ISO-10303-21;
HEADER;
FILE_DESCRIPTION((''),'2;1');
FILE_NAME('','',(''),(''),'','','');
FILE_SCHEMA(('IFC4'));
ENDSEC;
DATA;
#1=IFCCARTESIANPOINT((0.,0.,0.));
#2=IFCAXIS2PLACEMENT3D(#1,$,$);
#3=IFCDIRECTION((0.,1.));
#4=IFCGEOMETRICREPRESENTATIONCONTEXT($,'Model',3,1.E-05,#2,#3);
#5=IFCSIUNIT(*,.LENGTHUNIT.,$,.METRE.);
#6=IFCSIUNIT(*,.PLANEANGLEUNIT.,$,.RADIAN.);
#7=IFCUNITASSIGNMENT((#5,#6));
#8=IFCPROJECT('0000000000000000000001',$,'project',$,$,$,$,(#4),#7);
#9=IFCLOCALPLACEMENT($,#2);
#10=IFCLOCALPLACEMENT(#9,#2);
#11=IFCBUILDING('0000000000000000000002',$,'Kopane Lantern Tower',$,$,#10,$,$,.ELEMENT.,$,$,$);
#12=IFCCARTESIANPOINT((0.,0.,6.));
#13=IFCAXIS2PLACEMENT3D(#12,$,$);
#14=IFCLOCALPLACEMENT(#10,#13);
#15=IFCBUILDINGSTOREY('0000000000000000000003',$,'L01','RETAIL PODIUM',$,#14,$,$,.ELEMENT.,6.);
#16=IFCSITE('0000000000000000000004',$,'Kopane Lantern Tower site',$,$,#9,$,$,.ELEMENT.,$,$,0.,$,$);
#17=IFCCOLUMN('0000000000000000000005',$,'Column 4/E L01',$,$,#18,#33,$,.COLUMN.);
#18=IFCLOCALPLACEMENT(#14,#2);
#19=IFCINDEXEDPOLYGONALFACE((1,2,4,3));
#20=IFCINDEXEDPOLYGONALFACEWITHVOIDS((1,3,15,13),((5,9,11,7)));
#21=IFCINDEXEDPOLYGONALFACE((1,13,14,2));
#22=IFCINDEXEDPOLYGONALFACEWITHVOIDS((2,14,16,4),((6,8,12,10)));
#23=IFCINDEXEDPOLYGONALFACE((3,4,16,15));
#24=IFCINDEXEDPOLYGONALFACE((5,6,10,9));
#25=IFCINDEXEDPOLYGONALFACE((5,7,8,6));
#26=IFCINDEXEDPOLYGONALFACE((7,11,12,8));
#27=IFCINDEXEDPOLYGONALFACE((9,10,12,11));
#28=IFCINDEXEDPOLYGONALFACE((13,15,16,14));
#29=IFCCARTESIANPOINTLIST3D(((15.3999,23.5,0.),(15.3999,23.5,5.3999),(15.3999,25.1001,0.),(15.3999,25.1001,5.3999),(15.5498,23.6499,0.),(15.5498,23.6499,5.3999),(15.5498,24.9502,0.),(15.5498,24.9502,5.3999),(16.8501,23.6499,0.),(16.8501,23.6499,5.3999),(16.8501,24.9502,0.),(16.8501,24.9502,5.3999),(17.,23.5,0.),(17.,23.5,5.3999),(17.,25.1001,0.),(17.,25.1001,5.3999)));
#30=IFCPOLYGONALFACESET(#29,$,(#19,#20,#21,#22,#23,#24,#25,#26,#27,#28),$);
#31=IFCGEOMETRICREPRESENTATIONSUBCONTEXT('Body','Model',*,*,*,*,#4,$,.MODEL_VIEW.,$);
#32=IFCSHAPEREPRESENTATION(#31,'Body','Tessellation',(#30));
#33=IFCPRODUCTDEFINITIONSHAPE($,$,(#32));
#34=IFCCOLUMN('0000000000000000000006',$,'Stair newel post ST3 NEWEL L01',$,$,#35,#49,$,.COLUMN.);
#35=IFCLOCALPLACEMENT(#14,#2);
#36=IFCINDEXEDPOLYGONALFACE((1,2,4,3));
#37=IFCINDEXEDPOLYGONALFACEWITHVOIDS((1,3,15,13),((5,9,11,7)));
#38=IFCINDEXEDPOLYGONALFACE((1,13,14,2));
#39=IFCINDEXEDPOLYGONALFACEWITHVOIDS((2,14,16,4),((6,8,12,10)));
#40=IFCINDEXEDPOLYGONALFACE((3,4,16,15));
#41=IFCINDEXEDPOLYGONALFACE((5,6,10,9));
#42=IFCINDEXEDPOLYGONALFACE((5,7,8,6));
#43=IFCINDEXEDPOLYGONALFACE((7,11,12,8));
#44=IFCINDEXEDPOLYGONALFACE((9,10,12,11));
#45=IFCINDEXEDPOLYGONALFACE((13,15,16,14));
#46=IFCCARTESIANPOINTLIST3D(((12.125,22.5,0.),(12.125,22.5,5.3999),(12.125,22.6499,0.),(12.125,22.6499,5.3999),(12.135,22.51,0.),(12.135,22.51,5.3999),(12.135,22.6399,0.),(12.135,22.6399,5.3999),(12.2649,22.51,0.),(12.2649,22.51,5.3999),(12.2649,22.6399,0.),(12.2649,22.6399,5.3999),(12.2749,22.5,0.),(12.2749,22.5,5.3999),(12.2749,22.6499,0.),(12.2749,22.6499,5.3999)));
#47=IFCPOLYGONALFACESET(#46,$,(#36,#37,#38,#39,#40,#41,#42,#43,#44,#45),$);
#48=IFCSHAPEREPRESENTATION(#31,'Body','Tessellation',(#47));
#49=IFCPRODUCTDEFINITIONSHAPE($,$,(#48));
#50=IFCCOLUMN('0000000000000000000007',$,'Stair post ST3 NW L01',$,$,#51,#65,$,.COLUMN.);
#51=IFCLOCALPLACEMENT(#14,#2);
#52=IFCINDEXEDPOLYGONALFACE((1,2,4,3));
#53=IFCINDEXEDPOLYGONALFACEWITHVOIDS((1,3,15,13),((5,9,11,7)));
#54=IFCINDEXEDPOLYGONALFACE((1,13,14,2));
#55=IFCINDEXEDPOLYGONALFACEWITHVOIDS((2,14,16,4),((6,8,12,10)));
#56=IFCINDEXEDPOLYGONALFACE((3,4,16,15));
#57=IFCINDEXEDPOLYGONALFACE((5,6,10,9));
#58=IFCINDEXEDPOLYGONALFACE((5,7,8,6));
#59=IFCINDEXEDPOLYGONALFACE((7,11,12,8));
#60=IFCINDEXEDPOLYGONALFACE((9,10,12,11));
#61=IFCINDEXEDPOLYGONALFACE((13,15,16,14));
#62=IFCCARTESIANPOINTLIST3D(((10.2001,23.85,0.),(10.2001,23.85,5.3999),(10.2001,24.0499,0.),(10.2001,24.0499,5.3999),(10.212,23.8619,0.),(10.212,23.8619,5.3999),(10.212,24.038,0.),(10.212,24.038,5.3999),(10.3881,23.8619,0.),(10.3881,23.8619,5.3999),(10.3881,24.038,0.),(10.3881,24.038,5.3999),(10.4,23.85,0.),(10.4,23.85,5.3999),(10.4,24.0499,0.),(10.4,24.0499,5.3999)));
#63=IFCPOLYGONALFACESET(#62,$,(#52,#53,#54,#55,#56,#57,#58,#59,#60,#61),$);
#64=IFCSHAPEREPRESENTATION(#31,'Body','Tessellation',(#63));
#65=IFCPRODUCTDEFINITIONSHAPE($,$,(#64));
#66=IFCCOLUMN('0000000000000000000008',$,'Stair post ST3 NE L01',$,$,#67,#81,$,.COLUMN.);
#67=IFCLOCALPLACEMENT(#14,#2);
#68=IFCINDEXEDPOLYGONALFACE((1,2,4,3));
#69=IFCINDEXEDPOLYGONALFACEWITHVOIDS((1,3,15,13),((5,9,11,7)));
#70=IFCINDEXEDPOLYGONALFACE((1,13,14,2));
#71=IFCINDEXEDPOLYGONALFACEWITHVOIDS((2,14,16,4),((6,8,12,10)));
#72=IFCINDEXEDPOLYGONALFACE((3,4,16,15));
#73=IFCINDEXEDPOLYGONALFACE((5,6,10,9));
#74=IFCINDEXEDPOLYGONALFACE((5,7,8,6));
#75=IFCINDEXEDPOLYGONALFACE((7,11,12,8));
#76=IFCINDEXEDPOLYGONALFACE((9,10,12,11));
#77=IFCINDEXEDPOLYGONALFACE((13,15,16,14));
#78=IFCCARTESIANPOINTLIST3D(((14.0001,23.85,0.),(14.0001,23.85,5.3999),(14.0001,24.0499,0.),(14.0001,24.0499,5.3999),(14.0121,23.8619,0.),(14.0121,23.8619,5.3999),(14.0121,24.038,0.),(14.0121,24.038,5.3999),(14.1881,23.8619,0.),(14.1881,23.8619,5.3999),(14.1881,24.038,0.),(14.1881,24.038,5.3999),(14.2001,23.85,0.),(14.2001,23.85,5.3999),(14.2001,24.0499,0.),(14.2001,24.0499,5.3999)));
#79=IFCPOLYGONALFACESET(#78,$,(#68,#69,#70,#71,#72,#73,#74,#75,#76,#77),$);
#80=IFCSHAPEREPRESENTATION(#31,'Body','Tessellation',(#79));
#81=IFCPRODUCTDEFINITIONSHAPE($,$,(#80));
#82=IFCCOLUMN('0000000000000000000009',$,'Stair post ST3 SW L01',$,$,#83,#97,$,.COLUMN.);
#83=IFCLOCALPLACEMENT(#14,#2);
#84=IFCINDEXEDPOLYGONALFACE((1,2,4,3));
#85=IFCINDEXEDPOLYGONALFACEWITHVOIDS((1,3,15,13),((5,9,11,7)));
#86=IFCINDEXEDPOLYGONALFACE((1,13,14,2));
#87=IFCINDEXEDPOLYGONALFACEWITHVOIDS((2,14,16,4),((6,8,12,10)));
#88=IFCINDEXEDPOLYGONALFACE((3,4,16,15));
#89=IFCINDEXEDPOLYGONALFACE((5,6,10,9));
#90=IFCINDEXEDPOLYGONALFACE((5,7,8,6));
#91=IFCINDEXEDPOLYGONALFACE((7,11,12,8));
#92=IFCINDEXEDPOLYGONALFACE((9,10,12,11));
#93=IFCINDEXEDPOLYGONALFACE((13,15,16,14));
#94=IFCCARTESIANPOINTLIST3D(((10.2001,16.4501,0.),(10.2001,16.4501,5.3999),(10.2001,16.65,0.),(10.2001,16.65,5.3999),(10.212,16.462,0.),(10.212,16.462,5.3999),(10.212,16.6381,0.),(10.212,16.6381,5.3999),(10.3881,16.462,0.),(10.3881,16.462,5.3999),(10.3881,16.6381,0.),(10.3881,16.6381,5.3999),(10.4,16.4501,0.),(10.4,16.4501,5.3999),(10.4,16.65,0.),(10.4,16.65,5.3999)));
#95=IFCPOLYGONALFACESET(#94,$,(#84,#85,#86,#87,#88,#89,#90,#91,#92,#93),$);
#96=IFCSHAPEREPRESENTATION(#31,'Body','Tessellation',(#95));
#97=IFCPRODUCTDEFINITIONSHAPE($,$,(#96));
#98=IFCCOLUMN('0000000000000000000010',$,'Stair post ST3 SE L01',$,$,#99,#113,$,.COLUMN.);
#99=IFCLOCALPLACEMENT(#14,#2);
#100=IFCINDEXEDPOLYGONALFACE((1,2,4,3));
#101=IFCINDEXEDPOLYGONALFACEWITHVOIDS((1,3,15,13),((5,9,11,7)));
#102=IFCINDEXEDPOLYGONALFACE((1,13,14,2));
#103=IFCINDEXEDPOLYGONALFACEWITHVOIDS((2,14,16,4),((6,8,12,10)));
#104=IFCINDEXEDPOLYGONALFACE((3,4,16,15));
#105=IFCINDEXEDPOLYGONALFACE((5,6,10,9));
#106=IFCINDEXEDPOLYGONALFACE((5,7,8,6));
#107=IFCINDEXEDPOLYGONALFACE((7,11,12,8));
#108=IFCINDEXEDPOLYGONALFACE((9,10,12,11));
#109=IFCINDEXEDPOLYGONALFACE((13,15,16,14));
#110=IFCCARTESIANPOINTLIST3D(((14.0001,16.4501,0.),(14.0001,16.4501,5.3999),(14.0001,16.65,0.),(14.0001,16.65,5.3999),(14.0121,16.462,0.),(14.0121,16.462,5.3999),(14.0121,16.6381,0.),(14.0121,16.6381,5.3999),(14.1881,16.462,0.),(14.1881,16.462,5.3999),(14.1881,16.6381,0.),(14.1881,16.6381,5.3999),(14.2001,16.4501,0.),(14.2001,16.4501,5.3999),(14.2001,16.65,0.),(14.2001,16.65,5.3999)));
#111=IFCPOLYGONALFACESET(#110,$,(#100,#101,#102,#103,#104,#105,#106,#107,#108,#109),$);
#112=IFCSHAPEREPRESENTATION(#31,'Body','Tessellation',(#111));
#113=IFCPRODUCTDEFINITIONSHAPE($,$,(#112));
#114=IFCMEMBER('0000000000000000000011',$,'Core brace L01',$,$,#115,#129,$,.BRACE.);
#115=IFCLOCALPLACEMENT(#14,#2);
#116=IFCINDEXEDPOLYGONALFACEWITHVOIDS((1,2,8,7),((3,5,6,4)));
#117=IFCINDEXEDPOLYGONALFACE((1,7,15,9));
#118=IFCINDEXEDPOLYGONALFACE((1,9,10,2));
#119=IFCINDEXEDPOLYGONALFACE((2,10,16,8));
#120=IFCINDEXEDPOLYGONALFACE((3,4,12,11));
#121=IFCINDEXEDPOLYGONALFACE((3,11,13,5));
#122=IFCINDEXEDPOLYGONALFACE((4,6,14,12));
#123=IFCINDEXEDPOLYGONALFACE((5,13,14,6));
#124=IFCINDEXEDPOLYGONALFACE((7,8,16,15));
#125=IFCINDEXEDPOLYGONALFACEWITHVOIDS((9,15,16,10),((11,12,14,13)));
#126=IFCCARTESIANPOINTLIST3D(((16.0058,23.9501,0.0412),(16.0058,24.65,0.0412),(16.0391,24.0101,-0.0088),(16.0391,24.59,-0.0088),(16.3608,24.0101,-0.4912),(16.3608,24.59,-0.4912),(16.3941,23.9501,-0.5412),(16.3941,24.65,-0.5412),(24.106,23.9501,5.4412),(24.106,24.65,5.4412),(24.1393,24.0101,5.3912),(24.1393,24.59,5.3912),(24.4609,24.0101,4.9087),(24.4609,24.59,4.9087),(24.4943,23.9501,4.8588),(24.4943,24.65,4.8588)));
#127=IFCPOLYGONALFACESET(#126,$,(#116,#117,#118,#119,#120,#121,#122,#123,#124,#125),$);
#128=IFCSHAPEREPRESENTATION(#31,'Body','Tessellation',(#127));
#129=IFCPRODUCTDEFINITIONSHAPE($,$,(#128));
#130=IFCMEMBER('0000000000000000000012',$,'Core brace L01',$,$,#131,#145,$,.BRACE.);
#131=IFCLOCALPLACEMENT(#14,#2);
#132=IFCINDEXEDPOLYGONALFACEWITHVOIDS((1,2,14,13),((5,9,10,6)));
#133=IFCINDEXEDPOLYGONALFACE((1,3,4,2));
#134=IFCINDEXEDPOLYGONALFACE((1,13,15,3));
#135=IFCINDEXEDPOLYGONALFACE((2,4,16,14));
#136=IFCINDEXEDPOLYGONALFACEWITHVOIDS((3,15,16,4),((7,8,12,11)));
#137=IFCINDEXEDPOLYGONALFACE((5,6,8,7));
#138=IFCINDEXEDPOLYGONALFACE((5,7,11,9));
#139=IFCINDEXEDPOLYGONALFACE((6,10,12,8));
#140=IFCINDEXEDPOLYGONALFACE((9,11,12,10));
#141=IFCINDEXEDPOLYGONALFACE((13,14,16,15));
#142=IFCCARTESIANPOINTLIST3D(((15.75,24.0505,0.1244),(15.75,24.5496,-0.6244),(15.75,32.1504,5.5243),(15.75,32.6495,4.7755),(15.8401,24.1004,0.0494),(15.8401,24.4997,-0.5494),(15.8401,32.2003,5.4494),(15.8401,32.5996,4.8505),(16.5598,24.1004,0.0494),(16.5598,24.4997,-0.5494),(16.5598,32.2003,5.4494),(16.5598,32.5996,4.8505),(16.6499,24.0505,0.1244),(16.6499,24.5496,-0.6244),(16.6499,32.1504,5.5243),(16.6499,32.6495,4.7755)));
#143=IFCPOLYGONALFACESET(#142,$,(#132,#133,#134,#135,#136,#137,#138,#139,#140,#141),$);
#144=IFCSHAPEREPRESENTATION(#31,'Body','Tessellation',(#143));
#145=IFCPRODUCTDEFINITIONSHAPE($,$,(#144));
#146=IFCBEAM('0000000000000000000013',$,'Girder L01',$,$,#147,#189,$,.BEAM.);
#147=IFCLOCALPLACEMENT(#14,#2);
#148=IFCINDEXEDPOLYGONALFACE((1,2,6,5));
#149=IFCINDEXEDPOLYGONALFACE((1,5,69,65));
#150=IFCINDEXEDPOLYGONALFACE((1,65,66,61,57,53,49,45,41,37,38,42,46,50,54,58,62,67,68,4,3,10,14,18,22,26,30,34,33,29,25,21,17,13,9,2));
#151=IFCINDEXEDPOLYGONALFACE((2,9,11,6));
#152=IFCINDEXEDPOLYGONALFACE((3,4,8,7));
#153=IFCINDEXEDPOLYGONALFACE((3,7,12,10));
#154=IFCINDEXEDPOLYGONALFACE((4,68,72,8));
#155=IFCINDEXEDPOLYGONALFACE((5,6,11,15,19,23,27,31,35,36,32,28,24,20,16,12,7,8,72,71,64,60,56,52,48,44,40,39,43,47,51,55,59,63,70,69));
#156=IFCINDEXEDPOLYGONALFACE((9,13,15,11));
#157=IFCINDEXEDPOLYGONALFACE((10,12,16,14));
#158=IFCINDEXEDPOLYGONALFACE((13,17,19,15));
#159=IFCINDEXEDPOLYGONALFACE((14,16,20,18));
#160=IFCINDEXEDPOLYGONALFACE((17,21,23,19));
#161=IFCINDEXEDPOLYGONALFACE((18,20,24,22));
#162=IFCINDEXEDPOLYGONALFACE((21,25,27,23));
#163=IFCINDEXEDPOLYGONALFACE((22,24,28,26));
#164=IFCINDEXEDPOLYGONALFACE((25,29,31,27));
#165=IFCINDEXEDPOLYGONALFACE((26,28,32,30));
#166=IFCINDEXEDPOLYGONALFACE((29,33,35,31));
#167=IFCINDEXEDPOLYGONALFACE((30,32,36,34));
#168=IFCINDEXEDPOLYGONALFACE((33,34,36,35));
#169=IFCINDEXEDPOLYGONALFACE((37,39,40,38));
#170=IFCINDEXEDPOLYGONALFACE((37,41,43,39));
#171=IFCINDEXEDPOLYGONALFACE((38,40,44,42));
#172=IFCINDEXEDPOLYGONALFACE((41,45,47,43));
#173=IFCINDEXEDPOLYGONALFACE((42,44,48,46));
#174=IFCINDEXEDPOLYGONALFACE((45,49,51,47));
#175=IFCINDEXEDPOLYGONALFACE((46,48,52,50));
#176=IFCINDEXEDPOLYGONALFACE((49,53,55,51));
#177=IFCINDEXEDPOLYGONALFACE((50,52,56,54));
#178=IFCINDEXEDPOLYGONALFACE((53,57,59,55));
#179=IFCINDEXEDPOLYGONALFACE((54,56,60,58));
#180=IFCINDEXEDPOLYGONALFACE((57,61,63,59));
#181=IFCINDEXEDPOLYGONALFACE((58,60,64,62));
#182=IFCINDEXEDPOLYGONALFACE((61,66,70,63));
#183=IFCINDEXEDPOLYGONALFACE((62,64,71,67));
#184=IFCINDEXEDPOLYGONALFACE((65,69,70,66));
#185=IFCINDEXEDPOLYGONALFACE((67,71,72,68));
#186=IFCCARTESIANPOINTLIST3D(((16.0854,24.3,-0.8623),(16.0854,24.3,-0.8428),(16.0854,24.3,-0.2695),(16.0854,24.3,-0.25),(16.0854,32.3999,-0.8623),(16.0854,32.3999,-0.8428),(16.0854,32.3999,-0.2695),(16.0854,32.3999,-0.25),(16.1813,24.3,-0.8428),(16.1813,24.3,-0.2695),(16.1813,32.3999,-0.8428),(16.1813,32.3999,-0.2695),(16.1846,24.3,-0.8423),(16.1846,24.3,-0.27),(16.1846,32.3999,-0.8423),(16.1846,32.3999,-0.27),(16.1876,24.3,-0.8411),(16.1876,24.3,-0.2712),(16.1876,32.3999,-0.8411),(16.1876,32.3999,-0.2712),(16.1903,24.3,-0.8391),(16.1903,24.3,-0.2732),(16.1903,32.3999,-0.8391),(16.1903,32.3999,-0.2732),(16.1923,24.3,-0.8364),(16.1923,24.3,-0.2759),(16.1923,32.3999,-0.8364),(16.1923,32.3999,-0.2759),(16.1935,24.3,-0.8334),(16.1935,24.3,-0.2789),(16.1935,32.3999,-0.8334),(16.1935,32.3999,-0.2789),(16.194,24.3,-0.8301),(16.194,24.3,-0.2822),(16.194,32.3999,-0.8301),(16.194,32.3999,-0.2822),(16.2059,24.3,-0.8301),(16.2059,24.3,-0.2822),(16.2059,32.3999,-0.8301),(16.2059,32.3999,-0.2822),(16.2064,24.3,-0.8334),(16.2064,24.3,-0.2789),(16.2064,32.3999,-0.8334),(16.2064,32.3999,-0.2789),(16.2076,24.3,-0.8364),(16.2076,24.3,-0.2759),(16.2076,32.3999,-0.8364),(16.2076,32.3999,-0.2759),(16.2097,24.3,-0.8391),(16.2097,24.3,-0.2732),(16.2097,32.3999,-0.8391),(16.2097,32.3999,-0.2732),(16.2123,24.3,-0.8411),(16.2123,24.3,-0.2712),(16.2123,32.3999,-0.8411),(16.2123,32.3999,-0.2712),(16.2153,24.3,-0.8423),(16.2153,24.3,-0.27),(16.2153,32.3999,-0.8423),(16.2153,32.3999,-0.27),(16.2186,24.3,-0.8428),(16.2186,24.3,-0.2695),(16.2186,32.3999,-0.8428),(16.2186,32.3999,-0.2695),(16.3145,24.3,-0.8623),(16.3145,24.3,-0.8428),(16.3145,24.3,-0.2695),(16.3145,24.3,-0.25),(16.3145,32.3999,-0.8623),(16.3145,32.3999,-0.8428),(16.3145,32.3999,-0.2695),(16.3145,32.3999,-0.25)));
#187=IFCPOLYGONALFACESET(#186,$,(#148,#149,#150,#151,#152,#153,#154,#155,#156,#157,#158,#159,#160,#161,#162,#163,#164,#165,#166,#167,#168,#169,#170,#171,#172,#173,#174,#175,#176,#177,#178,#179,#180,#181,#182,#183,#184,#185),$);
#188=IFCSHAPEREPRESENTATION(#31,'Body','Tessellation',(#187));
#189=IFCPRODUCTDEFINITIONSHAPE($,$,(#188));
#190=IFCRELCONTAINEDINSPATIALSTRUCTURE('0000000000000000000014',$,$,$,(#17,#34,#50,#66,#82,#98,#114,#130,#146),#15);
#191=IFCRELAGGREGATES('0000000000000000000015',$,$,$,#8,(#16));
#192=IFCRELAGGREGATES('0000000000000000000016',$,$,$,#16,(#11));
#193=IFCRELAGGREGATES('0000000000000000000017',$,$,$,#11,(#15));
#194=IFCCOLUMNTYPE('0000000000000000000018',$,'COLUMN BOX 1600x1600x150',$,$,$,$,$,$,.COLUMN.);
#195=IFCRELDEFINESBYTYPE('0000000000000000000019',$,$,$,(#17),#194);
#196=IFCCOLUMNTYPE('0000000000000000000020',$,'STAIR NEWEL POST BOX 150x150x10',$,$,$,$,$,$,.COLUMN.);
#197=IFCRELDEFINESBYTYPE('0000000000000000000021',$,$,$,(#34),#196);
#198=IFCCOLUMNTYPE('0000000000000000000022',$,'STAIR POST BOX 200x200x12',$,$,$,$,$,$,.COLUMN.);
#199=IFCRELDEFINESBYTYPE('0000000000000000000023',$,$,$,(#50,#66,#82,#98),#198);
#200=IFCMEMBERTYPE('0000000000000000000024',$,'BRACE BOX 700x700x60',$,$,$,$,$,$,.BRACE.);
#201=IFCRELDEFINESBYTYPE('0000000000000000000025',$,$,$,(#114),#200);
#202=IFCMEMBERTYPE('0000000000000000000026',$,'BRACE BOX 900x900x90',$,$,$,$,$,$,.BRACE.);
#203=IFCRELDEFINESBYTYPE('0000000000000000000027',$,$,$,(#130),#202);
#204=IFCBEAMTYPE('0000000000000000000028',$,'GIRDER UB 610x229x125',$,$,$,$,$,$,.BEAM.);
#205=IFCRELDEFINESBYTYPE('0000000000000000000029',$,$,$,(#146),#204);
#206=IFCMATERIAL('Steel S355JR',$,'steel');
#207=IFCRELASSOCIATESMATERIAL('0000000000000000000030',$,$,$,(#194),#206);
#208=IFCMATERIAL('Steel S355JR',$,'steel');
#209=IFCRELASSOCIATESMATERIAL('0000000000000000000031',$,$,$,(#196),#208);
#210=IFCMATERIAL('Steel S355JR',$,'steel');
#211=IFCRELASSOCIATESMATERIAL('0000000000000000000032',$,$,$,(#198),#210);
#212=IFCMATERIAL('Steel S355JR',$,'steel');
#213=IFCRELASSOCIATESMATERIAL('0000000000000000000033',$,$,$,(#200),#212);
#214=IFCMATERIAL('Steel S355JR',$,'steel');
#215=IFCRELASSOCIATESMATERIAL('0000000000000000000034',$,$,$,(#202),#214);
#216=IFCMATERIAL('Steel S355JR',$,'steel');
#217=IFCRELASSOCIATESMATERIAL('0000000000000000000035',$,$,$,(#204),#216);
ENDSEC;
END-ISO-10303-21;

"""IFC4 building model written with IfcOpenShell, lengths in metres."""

from ifc_helpers import new_model, si_unit, direction, frame, origin, origin_2d, place, context, subcontext, project, spatial, hollow_rectangle, i_section, extrude, material, material_profile, profile_set, type_object, element, save


model = new_model("IFC4")

# Units and contexts
model_context = context("Model", 3, precision=1e-05, world=origin(), true_north=direction((0.0, 1.0)))
body_context = subcontext(model_context, "Body", "Model", "MODEL_VIEW")
ifc_project = project(units=[si_unit("LENGTHUNIT", "METRE"), si_unit("PLANEANGLEUNIT", "RADIAN")], contexts=[model_context])

# Site, building, storey
site_placement = place(None, origin())
site = spatial("IfcSite", under=ifc_project, at=site_placement, Name="Kopane Lantern Tower site", CompositionType="ELEMENT", RefElevation=0.0)
building_placement = place(site_placement, origin())
building = spatial("IfcBuilding", under=site, at=building_placement, Name="Kopane Lantern Tower", CompositionType="ELEMENT")
storey_placement = place(building_placement, frame((0.0, 0.0, 6.0)))
storey = spatial("IfcBuildingStorey", under=building, at=storey_placement, Name="L01", Description="RETAIL PODIUM", CompositionType="ELEMENT", Elevation=6.0)

# Columns
ifc_material_1 = material(Name="Steel S355JR", Category="steel")
ifc_material_profile_1 = material_profile(ifc_material_1, hollow_rectangle(XDim=1.6001, YDim=1.6001, WallThickness=0.1499, at=origin_2d()), Name="BOX 1600x1600x150")
ifc_profile_set_1 = profile_set([ifc_material_profile_1], Name="Steel S355JR")
column_type_1 = type_object("IfcColumnType", Name="COLUMN BOX 1600x1600x150", PredefinedType="COLUMN", material=ifc_profile_set_1)
column_1_placement = place(storey_placement, frame((16.2, 24.3, 0.0), z_axis=(0.0, 0.0, 1.0), x_axis=(1.0, 0.0, 0.0)))
element("IfcColumn", 1, at=column_1_placement, inside=storey, type_object=column_type_1, Name="Column 4/E L01", PredefinedType="COLUMN", context=body_context, shape_type="SweptSolid", body=[
    extrude(hollow_rectangle(XDim=1.6001, YDim=1.6001, WallThickness=0.1499, at=origin_2d()), origin(), (0.0, 0.0, 1.0), 5.3999),
])
ifc_material_2 = material(Name="Steel S355JR", Category="steel")
ifc_material_profile_2 = material_profile(ifc_material_2, hollow_rectangle(XDim=0.1499, YDim=0.1499, WallThickness=0.01, at=origin_2d()), Name="BOX 150x150x10")
ifc_profile_set_2 = profile_set([ifc_material_profile_2], Name="Steel S355JR")
column_type_2 = type_object("IfcColumnType", Name="STAIR NEWEL POST BOX 150x150x10", PredefinedType="COLUMN", material=ifc_profile_set_2)
column_2_placement = place(storey_placement, frame((12.2, 22.575, 0.0), z_axis=(0.0, 0.0, 1.0), x_axis=(1.0, 0.0, 0.0)))
element("IfcColumn", 2, at=column_2_placement, inside=storey, type_object=column_type_2, Name="Stair newel post ST3 NEWEL L01", PredefinedType="COLUMN", context=body_context, shape_type="SweptSolid", body=[
    extrude(hollow_rectangle(XDim=0.1499, YDim=0.1499, WallThickness=0.01, at=origin_2d()), origin(), (0.0, 0.0, 1.0), 5.3999),
])
ifc_material_3 = material(Name="Steel S355JR", Category="steel")
ifc_material_profile_3 = material_profile(ifc_material_3, hollow_rectangle(XDim=0.2, YDim=0.2, WallThickness=0.012, at=origin_2d()), Name="BOX 200x200x12")
ifc_profile_set_3 = profile_set([ifc_material_profile_3], Name="Steel S355JR")
column_type_3 = type_object("IfcColumnType", Name="STAIR POST BOX 200x200x12", PredefinedType="COLUMN", material=ifc_profile_set_3)
for number, where, z_axis, x_axis, name in (
    (3, (10.3, 23.95, 0.0), (0.0, 0.0, 1.0), (1.0, 0.0, 0.0), "Stair post ST3 NW L01"),
    (4, (14.1001, 23.95, 0.0), (0.0, 0.0, 1.0), (1.0, 0.0, 0.0), "Stair post ST3 NE L01"),
    (5, (10.3, 16.55, 0.0), (0.0, 0.0, 1.0), (1.0, 0.0, 0.0), "Stair post ST3 SW L01"),
    (6, (14.1001, 16.55, 0.0), (0.0, 0.0, 1.0), (1.0, 0.0, 0.0), "Stair post ST3 SE L01"),
):
    element("IfcColumn", number, at=place(storey_placement, frame(where, z_axis=z_axis, x_axis=x_axis)), inside=storey, type_object=column_type_3, Name=name, PredefinedType="COLUMN", context=body_context, shape_type="SweptSolid", body=[
        extrude(hollow_rectangle(XDim=0.2, YDim=0.2, WallThickness=0.012, at=origin_2d()), origin(), (0.0, 0.0, 1.0), 5.3999),
    ])

# Members
ifc_material_4 = material(Name="Steel S355JR", Category="steel")
ifc_material_profile_4 = material_profile(ifc_material_4, hollow_rectangle(XDim=0.7, YDim=0.7, WallThickness=0.0601, at=origin_2d()), Name="BOX 700x700x60")
ifc_profile_set_4 = profile_set([ifc_material_profile_4], Name="Steel S355JR")
member_type_1 = type_object("IfcMemberType", Name="BRACE BOX 700x700x60", PredefinedType="BRACE", material=ifc_profile_set_4)
member_1_placement = place(storey_placement, frame((16.2, 24.3, -0.25), z_axis=(0.832058, 0.0, 0.554689), x_axis=(0.0, 1.0, 0.0)))
element("IfcMember", 7, at=member_1_placement, inside=storey, type_object=member_type_1, Name="Core brace L01", PredefinedType="BRACE", context=body_context, shape_type="SweptSolid", body=[
    extrude(hollow_rectangle(XDim=0.7, YDim=0.7, WallThickness=0.0601, at=origin_2d()), origin(), (0.0, 0.0, 1.0), 9.7351),
])
ifc_material_5 = material(Name="Steel S355JR", Category="steel")
ifc_material_profile_5 = material_profile(ifc_material_5, hollow_rectangle(XDim=0.8999, YDim=0.8999, WallThickness=0.0901, at=origin_2d()), Name="BOX 900x900x90")
ifc_profile_set_5 = profile_set([ifc_material_profile_5], Name="Steel S355JR")
member_type_2 = type_object("IfcMemberType", Name="BRACE BOX 900x900x90", PredefinedType="BRACE", material=ifc_profile_set_5)
member_2_placement = place(storey_placement, frame((16.2, 24.3, -0.25), z_axis=(0.0, 0.83205, 0.5547), x_axis=(-1.0, 0.0, 0.0)))
element("IfcMember", 8, at=member_2_placement, inside=storey, type_object=member_type_2, Name="Core brace L01", PredefinedType="BRACE", context=body_context, shape_type="SweptSolid", body=[
    extrude(hollow_rectangle(XDim=0.8999, YDim=0.8999, WallThickness=0.0901, at=origin_2d()), origin(), (0.0, 0.0, 1.0), 9.7349),
])

# Beam
ifc_material_6 = material(Name="Steel S355JR", Category="steel")
ifc_material_profile_6 = material_profile(ifc_material_6, i_section(OverallWidth=0.229, OverallDepth=0.6123, WebThickness=0.012, FlangeThickness=0.0195, FilletRadius=0.0127, at=origin_2d()), Name="UB 610x229x125")
ifc_profile_set_6 = profile_set([ifc_material_profile_6], Name="Steel S355JR")
beam_type_1 = type_object("IfcBeamType", Name="GIRDER UB 610x229x125", PredefinedType="BEAM", material=ifc_profile_set_6)
beam_1_placement = place(storey_placement, frame((16.2, 24.3, -0.5562), z_axis=(0.0, 1.0, 0.0), x_axis=(-1.0, 0.0, 0.0)))
element("IfcBeam", 9, at=beam_1_placement, inside=storey, type_object=beam_type_1, Name="Girder L01", PredefinedType="BEAM", context=body_context, shape_type="SweptSolid", body=[
    extrude(i_section(OverallWidth=0.229, OverallDepth=0.6123, WebThickness=0.012, FlangeThickness=0.0195, FilletRadius=0.0127, at=origin_2d()), origin(), (0.0, 0.0, 1.0), 8.0999),
])

save(model, "model.ifc")
